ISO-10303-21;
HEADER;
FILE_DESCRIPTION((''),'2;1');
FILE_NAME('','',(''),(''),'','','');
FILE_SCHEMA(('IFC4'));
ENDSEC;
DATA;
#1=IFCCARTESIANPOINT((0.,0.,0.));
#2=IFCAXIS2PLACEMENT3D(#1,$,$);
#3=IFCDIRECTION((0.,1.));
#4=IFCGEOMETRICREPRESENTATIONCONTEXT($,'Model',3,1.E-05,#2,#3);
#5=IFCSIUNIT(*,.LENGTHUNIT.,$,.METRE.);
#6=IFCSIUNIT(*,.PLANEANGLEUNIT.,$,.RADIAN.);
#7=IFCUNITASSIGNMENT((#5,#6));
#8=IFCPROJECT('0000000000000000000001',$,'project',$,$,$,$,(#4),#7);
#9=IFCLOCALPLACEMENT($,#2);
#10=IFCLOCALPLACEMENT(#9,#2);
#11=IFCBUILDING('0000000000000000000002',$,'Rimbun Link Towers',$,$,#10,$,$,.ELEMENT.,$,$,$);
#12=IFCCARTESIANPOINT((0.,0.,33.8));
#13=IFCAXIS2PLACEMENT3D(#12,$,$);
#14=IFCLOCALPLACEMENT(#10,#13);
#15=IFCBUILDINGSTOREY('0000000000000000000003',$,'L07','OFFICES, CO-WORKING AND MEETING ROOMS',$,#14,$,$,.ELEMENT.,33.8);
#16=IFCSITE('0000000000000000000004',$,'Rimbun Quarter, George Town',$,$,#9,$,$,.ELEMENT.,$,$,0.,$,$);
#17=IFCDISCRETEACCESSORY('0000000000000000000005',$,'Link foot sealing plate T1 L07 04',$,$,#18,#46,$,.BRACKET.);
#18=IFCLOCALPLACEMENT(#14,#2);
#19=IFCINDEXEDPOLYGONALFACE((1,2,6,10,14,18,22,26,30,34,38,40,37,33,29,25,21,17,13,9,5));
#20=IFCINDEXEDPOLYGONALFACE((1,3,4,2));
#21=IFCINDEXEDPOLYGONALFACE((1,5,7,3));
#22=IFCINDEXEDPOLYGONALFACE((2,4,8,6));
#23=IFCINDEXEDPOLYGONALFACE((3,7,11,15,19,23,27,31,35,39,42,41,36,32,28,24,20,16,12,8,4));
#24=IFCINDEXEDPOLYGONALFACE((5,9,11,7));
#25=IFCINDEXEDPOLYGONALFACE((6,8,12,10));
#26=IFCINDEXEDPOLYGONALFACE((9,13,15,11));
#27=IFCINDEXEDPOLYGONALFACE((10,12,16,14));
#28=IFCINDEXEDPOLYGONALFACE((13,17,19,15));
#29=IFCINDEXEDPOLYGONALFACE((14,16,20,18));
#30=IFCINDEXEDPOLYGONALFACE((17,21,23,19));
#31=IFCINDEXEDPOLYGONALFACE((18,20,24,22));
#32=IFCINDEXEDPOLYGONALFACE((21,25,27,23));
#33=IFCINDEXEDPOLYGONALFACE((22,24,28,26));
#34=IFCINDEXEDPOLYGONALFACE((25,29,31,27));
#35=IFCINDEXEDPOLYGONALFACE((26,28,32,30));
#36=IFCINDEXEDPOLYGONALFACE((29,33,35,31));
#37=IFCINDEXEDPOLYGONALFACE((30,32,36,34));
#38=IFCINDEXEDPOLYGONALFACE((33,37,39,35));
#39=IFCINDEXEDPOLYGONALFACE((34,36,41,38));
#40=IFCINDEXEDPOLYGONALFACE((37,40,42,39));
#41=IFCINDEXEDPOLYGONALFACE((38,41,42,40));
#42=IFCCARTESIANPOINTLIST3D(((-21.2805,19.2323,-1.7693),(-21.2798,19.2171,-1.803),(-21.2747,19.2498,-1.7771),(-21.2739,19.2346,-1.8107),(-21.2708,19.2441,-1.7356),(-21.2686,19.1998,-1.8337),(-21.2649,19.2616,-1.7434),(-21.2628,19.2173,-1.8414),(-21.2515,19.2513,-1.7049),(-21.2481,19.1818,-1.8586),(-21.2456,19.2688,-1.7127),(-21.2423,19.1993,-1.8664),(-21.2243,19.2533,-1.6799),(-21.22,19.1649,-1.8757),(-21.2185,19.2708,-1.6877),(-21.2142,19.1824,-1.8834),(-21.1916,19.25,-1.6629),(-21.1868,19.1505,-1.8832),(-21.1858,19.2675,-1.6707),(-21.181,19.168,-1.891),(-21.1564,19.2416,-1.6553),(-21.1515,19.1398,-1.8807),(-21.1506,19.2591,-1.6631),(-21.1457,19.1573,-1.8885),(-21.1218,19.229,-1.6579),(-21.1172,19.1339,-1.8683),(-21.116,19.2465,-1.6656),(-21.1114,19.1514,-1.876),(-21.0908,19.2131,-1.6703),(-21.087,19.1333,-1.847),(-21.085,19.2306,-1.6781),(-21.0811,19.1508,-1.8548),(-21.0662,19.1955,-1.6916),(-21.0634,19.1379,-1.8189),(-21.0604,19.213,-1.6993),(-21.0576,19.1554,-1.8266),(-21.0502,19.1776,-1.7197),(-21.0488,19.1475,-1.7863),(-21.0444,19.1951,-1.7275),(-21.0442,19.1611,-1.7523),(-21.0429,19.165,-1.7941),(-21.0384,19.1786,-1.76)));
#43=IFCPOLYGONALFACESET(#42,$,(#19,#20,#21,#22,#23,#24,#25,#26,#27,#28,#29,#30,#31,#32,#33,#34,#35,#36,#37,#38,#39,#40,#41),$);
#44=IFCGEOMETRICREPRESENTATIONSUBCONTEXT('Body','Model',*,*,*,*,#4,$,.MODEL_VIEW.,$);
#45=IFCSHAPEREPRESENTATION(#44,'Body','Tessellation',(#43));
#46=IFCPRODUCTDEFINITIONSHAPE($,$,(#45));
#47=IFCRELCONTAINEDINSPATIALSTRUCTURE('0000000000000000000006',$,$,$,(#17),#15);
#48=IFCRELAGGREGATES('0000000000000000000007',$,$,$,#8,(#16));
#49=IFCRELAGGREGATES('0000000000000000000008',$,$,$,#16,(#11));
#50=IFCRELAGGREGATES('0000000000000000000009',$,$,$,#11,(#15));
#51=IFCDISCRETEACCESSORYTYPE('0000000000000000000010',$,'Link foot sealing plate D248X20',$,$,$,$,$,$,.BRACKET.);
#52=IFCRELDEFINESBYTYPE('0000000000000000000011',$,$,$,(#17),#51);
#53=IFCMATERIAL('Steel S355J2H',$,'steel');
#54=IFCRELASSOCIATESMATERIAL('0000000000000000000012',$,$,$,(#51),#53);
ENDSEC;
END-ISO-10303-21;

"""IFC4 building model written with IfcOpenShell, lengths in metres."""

from ifc_helpers import new_model, si_unit, direction, frame, origin, origin_2d, place, context, subcontext, project, spatial, circle, extrude, material, material_profile, profile_set, type_object, element, save


model = new_model("IFC4")

# Units and contexts
model_context = context("Model", 3, precision=1e-05, world=origin(), true_north=direction((0.0, 1.0)))
body_context = subcontext(model_context, "Body", "Model", "MODEL_VIEW")
ifc_project = project(units=[si_unit("LENGTHUNIT", "METRE"), si_unit("PLANEANGLEUNIT", "RADIAN")], contexts=[model_context])

# Site, building, storey
site_placement = place(None, origin())
site = spatial("IfcSite", under=ifc_project, at=site_placement, Name="Rimbun Quarter, George Town", CompositionType="ELEMENT", RefElevation=0.0)
building_placement = place(site_placement, origin())
building = spatial("IfcBuilding", under=site, at=building_placement, Name="Rimbun Link Towers", CompositionType="ELEMENT")
storey_placement = place(building_placement, frame((0.0, 0.0, 33.8)))
storey = spatial("IfcBuildingStorey", under=building, at=storey_placement, Name="L07", Description="OFFICES, CO-WORKING AND MEETING ROOMS", CompositionType="ELEMENT", Elevation=33.8)

# Discrete accessory
ifc_material_1 = material(Name="Steel S355J2H", Category="steel")
ifc_material_profile_1 = material_profile(ifc_material_1, circle(Radius=0.124, at=origin_2d()), Name="PL D248")
ifc_profile_set_1 = profile_set([ifc_material_profile_1], Name="Steel S355J2H")
discrete_accessory_type = type_object("IfcDiscreteAccessoryType", Name="Link foot sealing plate D248X20", PredefinedType="BRACKET", material=ifc_profile_set_1)
discrete_accessory_placement = place(storey_placement, frame((-21.1628, 19.1931, -1.7693), z_axis=(0.291386, 0.874157, -0.388514), x_axis=(-0.948683, 0.316228, 0.0)))
element("IfcDiscreteAccessory", 1, at=discrete_accessory_placement, inside=storey, type_object=discrete_accessory_type, Name="Link foot sealing plate T1 L07 04", PredefinedType="BRACKET", context=body_context, shape_type="SweptSolid", body=[
    extrude(circle(Radius=0.124, at=origin_2d()), origin(), (0.0, 0.0, 1.0), 0.02),
])

save(model, "model.ifc")
